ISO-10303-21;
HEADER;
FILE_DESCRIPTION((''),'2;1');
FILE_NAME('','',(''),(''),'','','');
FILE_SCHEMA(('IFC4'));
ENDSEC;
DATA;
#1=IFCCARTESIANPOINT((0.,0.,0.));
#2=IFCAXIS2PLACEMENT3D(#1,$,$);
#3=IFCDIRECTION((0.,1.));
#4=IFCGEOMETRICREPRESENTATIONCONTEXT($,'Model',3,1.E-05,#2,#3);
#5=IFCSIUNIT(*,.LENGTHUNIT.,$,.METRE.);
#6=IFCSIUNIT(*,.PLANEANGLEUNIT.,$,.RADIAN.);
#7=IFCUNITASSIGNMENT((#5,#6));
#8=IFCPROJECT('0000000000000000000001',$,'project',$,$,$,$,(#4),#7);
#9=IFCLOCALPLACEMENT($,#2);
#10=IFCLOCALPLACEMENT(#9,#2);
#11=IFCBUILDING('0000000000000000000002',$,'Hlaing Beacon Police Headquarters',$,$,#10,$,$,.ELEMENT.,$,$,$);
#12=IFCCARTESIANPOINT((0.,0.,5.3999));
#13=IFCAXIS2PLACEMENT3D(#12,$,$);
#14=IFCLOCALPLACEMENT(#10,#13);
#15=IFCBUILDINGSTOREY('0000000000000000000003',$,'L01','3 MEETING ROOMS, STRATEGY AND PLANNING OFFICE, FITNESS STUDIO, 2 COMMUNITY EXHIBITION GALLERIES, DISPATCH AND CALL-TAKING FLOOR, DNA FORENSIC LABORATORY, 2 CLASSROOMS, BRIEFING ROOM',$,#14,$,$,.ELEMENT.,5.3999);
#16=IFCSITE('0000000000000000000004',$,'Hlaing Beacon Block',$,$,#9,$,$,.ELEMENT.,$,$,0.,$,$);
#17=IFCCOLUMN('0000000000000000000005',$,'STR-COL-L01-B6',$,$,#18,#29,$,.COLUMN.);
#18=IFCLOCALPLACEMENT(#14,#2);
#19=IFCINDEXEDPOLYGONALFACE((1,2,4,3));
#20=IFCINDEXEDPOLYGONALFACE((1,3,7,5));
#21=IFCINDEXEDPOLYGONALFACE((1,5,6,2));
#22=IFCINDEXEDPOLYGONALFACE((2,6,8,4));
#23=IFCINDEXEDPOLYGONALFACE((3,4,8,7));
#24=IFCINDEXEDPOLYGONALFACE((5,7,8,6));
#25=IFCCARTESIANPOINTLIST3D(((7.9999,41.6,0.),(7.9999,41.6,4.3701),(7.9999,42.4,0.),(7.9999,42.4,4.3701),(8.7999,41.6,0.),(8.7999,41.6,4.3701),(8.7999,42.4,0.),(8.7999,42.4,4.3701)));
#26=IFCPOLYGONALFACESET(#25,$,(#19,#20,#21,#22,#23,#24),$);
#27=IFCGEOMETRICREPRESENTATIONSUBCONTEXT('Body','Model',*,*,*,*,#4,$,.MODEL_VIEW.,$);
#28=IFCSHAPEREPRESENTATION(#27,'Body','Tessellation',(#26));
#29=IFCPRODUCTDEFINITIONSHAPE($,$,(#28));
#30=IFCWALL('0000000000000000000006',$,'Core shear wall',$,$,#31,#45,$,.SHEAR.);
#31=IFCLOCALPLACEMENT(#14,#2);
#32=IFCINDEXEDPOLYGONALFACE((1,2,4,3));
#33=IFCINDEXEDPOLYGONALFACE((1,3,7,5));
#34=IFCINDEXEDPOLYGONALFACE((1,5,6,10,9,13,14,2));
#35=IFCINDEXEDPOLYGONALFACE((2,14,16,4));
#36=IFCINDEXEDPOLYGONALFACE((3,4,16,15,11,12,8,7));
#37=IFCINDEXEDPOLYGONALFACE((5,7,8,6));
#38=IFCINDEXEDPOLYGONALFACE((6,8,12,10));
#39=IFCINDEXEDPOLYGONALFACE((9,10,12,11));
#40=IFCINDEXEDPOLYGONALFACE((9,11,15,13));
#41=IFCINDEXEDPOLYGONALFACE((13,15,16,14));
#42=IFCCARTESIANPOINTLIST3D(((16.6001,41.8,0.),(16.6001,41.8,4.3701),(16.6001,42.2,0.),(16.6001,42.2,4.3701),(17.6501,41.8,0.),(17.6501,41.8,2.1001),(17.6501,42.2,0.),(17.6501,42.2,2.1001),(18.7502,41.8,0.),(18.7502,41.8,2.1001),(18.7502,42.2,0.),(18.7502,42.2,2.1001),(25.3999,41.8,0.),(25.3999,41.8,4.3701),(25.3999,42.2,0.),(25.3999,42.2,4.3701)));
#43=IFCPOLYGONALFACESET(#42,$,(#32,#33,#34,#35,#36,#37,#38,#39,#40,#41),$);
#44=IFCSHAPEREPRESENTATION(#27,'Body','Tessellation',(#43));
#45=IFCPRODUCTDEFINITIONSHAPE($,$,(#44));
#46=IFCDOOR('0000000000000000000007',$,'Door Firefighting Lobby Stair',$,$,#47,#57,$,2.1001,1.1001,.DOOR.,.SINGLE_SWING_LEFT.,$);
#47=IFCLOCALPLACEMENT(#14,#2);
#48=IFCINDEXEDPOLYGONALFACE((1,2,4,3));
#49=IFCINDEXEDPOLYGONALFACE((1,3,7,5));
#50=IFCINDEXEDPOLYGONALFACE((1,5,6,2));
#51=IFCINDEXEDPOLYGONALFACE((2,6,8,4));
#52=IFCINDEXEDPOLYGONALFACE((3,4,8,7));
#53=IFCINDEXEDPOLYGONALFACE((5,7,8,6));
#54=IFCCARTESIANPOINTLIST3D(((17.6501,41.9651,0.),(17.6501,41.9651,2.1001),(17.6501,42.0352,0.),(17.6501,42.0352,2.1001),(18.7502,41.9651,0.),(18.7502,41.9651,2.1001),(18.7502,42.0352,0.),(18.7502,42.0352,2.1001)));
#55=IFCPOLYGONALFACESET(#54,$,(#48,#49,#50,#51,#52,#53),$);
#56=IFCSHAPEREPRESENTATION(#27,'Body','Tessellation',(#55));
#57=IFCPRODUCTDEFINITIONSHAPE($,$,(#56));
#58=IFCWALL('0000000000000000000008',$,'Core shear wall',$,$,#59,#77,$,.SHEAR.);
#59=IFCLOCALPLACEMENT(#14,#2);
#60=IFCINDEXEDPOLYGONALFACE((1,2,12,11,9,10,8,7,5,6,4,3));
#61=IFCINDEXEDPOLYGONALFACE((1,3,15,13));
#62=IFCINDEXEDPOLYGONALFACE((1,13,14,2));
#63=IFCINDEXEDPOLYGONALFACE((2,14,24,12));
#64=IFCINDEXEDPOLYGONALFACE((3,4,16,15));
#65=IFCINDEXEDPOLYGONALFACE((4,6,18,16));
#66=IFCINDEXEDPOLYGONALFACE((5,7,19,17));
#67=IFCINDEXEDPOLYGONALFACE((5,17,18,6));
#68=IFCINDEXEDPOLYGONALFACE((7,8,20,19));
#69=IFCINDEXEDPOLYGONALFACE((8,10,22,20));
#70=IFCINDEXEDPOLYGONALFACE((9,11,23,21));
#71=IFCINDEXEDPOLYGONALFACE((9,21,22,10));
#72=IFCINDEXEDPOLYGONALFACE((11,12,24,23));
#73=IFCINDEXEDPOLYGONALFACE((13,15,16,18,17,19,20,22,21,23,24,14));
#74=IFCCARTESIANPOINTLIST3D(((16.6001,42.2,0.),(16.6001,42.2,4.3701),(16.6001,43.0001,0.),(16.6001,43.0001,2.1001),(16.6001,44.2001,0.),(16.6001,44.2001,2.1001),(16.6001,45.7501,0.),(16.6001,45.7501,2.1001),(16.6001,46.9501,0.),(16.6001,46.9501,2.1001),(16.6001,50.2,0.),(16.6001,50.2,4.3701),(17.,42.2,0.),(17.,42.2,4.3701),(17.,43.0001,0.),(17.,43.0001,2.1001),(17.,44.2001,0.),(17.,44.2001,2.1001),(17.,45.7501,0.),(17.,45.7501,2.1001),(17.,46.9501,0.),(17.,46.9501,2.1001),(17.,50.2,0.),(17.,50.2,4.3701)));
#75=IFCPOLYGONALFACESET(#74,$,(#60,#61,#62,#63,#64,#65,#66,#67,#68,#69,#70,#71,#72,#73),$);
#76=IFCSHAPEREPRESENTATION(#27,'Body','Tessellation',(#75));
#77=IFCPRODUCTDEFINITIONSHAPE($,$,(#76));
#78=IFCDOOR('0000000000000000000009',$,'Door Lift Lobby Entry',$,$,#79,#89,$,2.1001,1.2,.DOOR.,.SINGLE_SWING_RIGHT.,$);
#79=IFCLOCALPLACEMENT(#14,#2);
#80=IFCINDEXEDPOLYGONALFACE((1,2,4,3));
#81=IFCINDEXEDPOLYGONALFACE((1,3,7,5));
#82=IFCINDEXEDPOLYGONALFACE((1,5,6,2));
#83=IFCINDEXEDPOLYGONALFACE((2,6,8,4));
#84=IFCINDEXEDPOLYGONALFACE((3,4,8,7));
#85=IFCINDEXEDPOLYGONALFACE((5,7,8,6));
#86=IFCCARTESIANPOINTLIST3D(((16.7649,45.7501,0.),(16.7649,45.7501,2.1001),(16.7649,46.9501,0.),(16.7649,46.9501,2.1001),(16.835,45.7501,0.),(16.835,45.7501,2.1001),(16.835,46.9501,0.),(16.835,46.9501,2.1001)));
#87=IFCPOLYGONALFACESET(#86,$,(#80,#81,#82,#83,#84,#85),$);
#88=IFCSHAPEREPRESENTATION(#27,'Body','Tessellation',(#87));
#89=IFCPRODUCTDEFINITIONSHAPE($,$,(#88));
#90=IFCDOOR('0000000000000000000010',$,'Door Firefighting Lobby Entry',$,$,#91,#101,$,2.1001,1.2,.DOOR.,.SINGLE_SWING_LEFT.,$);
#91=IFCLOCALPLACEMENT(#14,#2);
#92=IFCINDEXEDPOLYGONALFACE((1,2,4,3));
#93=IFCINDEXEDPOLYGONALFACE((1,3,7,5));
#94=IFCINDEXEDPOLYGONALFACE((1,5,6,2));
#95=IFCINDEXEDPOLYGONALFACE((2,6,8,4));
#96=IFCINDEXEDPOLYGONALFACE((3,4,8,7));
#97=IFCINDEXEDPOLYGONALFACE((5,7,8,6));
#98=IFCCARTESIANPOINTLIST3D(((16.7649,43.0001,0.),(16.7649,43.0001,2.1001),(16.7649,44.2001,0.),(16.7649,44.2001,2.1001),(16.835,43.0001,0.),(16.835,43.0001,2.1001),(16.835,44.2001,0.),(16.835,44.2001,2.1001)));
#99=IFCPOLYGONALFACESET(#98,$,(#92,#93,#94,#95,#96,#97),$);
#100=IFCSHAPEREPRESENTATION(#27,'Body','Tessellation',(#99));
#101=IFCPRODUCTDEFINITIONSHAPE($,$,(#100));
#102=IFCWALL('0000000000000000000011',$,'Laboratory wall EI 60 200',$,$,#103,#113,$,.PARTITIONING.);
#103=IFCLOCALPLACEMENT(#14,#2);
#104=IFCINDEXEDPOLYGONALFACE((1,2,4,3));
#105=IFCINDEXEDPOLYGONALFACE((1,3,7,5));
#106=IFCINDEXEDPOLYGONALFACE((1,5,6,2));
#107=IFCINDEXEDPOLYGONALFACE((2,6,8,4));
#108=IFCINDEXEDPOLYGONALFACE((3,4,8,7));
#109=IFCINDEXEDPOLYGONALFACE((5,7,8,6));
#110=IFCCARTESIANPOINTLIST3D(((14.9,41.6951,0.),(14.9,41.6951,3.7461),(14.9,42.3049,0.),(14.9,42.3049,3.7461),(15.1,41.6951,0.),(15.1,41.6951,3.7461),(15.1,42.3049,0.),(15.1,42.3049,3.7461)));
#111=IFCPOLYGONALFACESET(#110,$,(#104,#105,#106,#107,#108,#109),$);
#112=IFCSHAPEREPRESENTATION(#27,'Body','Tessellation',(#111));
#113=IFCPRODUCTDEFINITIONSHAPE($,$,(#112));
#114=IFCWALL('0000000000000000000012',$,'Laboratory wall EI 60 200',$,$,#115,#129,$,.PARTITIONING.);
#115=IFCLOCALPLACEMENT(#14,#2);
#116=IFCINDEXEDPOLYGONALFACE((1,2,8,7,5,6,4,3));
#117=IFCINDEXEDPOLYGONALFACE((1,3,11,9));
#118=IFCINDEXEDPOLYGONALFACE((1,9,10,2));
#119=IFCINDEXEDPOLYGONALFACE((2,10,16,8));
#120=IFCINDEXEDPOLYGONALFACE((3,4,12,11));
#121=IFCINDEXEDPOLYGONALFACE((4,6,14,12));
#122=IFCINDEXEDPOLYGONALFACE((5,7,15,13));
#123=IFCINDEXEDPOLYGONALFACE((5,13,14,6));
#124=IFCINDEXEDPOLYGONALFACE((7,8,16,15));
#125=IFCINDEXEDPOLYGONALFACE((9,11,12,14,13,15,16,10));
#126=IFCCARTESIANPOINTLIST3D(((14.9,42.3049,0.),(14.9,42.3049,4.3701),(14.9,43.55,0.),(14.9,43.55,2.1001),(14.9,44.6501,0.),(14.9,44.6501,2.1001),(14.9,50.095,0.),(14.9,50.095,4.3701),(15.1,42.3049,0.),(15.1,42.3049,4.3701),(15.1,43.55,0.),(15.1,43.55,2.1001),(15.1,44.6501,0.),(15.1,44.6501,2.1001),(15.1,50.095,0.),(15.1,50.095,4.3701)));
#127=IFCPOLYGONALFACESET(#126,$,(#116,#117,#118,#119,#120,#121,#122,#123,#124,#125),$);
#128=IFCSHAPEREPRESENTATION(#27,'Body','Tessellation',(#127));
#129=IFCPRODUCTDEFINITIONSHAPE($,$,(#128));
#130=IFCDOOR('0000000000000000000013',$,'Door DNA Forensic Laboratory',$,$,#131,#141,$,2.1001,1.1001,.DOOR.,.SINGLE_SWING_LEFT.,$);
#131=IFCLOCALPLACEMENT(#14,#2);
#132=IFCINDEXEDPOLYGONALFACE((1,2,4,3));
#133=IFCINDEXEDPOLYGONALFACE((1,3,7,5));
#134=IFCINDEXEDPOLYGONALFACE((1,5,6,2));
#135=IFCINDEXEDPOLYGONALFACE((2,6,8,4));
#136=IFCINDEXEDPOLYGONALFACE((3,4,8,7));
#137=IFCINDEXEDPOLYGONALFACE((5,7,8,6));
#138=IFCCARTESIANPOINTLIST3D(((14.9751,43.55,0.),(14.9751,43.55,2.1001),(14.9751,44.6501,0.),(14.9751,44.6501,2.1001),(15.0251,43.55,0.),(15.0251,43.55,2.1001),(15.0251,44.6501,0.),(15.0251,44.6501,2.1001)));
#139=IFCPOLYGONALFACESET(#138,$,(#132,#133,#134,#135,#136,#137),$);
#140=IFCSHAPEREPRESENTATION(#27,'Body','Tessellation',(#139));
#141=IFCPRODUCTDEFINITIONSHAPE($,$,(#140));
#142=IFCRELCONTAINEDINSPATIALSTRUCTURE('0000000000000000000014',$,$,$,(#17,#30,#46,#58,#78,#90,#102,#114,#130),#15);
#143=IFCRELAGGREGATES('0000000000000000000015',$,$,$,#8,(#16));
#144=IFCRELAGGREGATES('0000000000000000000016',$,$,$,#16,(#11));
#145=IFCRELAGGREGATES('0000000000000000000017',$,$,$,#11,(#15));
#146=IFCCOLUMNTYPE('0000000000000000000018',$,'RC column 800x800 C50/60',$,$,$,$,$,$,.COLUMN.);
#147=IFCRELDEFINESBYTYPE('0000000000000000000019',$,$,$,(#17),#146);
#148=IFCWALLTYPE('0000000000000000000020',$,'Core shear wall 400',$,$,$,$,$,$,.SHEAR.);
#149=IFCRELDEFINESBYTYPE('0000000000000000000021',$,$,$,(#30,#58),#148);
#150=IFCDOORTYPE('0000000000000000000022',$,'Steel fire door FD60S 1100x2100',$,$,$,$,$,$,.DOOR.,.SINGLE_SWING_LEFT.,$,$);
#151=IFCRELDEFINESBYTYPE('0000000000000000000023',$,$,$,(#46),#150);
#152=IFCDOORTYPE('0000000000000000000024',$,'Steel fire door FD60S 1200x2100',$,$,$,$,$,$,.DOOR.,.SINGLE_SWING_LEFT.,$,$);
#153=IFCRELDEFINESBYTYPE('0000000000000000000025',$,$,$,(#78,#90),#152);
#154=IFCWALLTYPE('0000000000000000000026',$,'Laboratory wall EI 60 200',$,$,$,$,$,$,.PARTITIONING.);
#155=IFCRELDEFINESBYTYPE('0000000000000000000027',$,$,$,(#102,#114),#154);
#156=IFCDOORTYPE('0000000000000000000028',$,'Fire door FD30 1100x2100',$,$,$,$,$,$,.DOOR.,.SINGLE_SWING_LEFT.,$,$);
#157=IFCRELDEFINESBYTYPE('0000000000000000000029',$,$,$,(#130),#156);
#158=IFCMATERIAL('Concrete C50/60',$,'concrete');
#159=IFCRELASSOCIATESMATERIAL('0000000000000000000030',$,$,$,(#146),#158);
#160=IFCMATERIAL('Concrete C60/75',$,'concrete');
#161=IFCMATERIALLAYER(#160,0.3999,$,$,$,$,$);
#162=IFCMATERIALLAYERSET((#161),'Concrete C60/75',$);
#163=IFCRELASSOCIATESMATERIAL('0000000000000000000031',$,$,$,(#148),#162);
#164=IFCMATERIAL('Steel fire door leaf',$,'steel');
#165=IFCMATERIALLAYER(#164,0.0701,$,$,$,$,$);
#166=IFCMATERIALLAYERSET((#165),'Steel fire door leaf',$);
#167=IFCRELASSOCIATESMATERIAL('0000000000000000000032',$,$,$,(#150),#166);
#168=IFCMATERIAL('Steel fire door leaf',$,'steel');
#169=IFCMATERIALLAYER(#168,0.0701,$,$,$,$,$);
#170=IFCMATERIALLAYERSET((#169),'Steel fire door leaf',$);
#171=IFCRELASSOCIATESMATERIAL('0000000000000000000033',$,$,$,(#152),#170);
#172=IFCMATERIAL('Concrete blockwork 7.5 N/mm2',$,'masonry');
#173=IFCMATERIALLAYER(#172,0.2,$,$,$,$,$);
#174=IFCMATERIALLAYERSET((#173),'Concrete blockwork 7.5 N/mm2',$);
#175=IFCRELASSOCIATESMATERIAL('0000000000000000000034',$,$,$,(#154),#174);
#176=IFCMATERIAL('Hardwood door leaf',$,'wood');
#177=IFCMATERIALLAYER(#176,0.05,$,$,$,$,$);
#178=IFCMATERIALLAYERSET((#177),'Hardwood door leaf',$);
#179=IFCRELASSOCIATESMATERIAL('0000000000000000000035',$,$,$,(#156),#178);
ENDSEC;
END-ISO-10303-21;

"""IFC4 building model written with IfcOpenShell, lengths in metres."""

from ifc_helpers import new_model, si_unit, direction, frame, frame_2d, origin, origin_2d, place, context, subcontext, project, spatial, rectangle, extrude, material, layer, layer_set, material_profile, profile_set, type_object, element, fill, save


model = new_model("IFC4")

# Units and contexts
model_context = context("Model", 3, precision=1e-05, world=origin(), true_north=direction((0.0, 1.0)))
body_context = subcontext(model_context, "Body", "Model", "MODEL_VIEW")
ifc_project = project(units=[si_unit("LENGTHUNIT", "METRE"), si_unit("PLANEANGLEUNIT", "RADIAN")], contexts=[model_context])

# Site, building, storey
site_placement = place(None, origin())
site = spatial("IfcSite", under=ifc_project, at=site_placement, Name="Hlaing Beacon Block", CompositionType="ELEMENT", RefElevation=0.0)
building_placement = place(site_placement, origin())
building = spatial("IfcBuilding", under=site, at=building_placement, Name="Hlaing Beacon Police Headquarters", CompositionType="ELEMENT")
storey_placement = place(building_placement, frame((0.0, 0.0, 5.3999)))
storey = spatial("IfcBuildingStorey", under=building, at=storey_placement, Name="L01", Description="3 MEETING ROOMS, STRATEGY AND PLANNING OFFICE, FITNESS STUDIO, 2 COMMUNITY EXHIBITION GALLERIES, DISPATCH AND CALL-TAKING FLOOR, DNA FORENSIC LABORATORY, 2 CLASSROOMS, BRIEFING ROOM", CompositionType="ELEMENT", Elevation=5.3999)

# Column
ifc_material_1 = material(Name="Concrete C50/60", Category="concrete")
ifc_material_profile = material_profile(ifc_material_1, rectangle(XDim=0.8, YDim=0.8, at=origin_2d()), Name="800x800")
ifc_profile_set = profile_set([ifc_material_profile], Name="Concrete C50/60")
column_type = type_object("IfcColumnType", Name="RC column 800x800 C50/60", PredefinedType="COLUMN", material=ifc_profile_set)
column_placement = place(storey_placement, frame((8.3999, 42.0, 0.0), z_axis=(0.0, 0.0, 1.0), x_axis=(1.0, 0.0, 0.0)))
element("IfcColumn", 1, at=column_placement, inside=storey, type_object=column_type, Name="STR-COL-L01-B6", PredefinedType="COLUMN", context=body_context, shape_type="SweptSolid", body=[
    extrude(rectangle(XDim=0.8, YDim=0.8, at=origin_2d()), origin(), (0.0, 0.0, 1.0), 4.3701),
])

# Wall, opening, door
ifc_material_2 = material(Name="Concrete C60/75", Category="concrete")
ifc_layer_1 = layer(ifc_material_2, 0.3999)
ifc_layer_set_1 = layer_set([ifc_layer_1], Name="Concrete C60/75")
wall_type_1 = type_object("IfcWallType", Name="Core shear wall 400", PredefinedType="SHEAR", material=ifc_layer_set_1)
wall_1_placement = place(storey_placement, frame((16.6001, 42.0, 0.0), z_axis=(0.0, 0.0, 1.0), x_axis=(1.0, 0.0, 0.0)))
wall_1 = element("IfcWall", 2, at=wall_1_placement, inside=storey, type_object=wall_type_1, Name="Core shear wall", PredefinedType="SHEAR", context=body_context, shape_type="SweptSolid", body=[
    extrude(rectangle(XDim=8.7998, YDim=0.3999, at=frame_2d((4.3999, 0.0))), origin(), (0.0, 0.0, 1.0), 4.3701),
])
opening_1_placement = place(wall_1_placement, frame((1.05, 0.0, 0.0)))
opening_1 = element("IfcOpeningElement", 3, at=opening_1_placement, cuts=wall_1, PredefinedType="OPENING", context=body_context, shape_type="SweptSolid", body=[
    extrude(rectangle(XDim=1.1001, YDim=2.1001, at=frame_2d((0.55, 1.05))), frame((0.0, 0.21, 0.0), z_axis=(0.0, -1.0, 0.0), x_axis=(1.0, 0.0, 0.0)), (0.0, 0.0, 1.0), 0.4199),
])
ifc_material_3 = material(Name="Steel fire door leaf", Category="steel")
ifc_layer_2 = layer(ifc_material_3, 0.0701)
ifc_layer_set_2 = layer_set([ifc_layer_2], Name="Steel fire door leaf")
door_type_1 = type_object("IfcDoorType", Name="Steel fire door FD60S 1100x2100", OperationType="SINGLE_SWING_LEFT", PredefinedType="DOOR", material=ifc_layer_set_2)
door_1_placement = place(opening_1_placement, frame((1.1001, 0.0, 0.0), z_axis=(0.0, 0.0, 1.0), x_axis=(-1.0, 0.0, 0.0)))
door_1 = element("IfcDoor", 4, at=door_1_placement, inside=storey, type_object=door_type_1, Name="Door Firefighting Lobby Stair", OperationType="SINGLE_SWING_LEFT", OverallHeight=2.1001, OverallWidth=1.1001, PredefinedType="DOOR", context=body_context, shape_type="SweptSolid", body=[
    extrude(rectangle(XDim=1.1001, YDim=2.1001, at=frame_2d((0.55, 1.05))), frame((0.0, 0.0349, 0.0), z_axis=(0.0, -1.0, 0.0), x_axis=(1.0, 0.0, 0.0)), (0.0, 0.0, 1.0), 0.0701),
])
fill(opening_1, door_1)

# Wall, openings, doors
wall_2_placement = place(storey_placement, frame((16.8, 42.2, 0.0), z_axis=(0.0, 0.0, 1.0), x_axis=(0.0, 1.0, 0.0)))
wall_2 = element("IfcWall", 5, at=wall_2_placement, inside=storey, type_object=wall_type_1, Name="Core shear wall", PredefinedType="SHEAR", context=body_context, shape_type="SweptSolid", body=[
    extrude(rectangle(XDim=8.0, YDim=0.3999, at=frame_2d((4.0, 0.0))), origin(), (0.0, 0.0, 1.0), 4.3701),
])
opening_2_placement = place(wall_2_placement, frame((3.55, 0.0, 0.0)))
opening_2 = element("IfcOpeningElement", 6, at=opening_2_placement, cuts=wall_2, PredefinedType="OPENING", context=body_context, shape_type="SweptSolid", body=[
    extrude(rectangle(XDim=1.2, YDim=2.1001, at=frame_2d((0.6001, 1.05))), frame((0.0, 0.21, 0.0), z_axis=(0.0, -1.0, 0.0), x_axis=(1.0, 0.0, 0.0)), (0.0, 0.0, 1.0), 0.4199),
])
opening_3_placement = place(wall_2_placement, frame((0.8, 0.0, 0.0)))
opening_3 = element("IfcOpeningElement", 7, at=opening_3_placement, cuts=wall_2, PredefinedType="OPENING", context=body_context, shape_type="SweptSolid", body=[
    extrude(rectangle(XDim=1.2, YDim=2.1001, at=frame_2d((0.6001, 1.05))), frame((0.0, 0.21, 0.0), z_axis=(0.0, -1.0, 0.0), x_axis=(1.0, 0.0, 0.0)), (0.0, 0.0, 1.0), 0.4199),
])
ifc_material_4 = material(Name="Steel fire door leaf", Category="steel")
ifc_layer_3 = layer(ifc_material_4, 0.0701)
ifc_layer_set_3 = layer_set([ifc_layer_3], Name="Steel fire door leaf")
door_type_2 = type_object("IfcDoorType", Name="Steel fire door FD60S 1200x2100", OperationType="SINGLE_SWING_LEFT", PredefinedType="DOOR", material=ifc_layer_set_3)
door_2_placement = place(opening_2_placement, frame((1.2, 0.0, 0.0), z_axis=(0.0, 0.0, 1.0), x_axis=(-1.0, 0.0, 0.0)))
door_2 = element("IfcDoor", 8, at=door_2_placement, inside=storey, type_object=door_type_2, Name="Door Lift Lobby Entry", OperationType="SINGLE_SWING_RIGHT", OverallHeight=2.1001, OverallWidth=1.2, PredefinedType="DOOR", context=body_context, shape_type="SweptSolid", body=[
    extrude(rectangle(XDim=1.2, YDim=2.1001, at=frame_2d((0.5999, 1.05))), frame((0.0, 0.0349, 0.0), z_axis=(0.0, -1.0, 0.0), x_axis=(1.0, 0.0, 0.0)), (0.0, 0.0, 1.0), 0.0701),
])
fill(opening_2, door_2)
door_3_placement = place(opening_3_placement, frame((1.2, 0.0, 0.0), z_axis=(0.0, 0.0, 1.0), x_axis=(-1.0, 0.0, 0.0)))
door_3 = element("IfcDoor", 9, at=door_3_placement, inside=storey, type_object=door_type_2, Name="Door Firefighting Lobby Entry", OperationType="SINGLE_SWING_LEFT", OverallHeight=2.1001, OverallWidth=1.2, PredefinedType="DOOR", context=body_context, shape_type="SweptSolid", body=[
    extrude(rectangle(XDim=1.2, YDim=2.1001, at=frame_2d((0.5999, 1.05))), frame((0.0, 0.0349, 0.0), z_axis=(0.0, -1.0, 0.0), x_axis=(1.0, 0.0, 0.0)), (0.0, 0.0, 1.0), 0.0701),
])
fill(opening_3, door_3)

# Wall
ifc_material_5 = material(Name="Concrete blockwork 7.5 N/mm2", Category="masonry")
ifc_layer_4 = layer(ifc_material_5, 0.2)
ifc_layer_set_4 = layer_set([ifc_layer_4], Name="Concrete blockwork 7.5 N/mm2")
wall_type_2 = type_object("IfcWallType", Name="Laboratory wall EI 60 200", PredefinedType="PARTITIONING", material=ifc_layer_set_4)
wall_3_placement = place(storey_placement, frame((15.0, 41.6951, 0.0), z_axis=(0.0, 0.0, 1.0), x_axis=(0.0, 1.0, 0.0)))
element("IfcWall", 10, at=wall_3_placement, inside=storey, type_object=wall_type_2, Name="Laboratory wall EI 60 200", PredefinedType="PARTITIONING", context=body_context, shape_type="SweptSolid", body=[
    extrude(rectangle(XDim=0.6099, YDim=0.2, at=frame_2d((0.3049, 0.0))), origin(), (0.0, 0.0, 1.0), 3.7461),
])

# Wall, opening, door
wall_4_placement = place(storey_placement, frame((15.0, 42.3049, 0.0), z_axis=(0.0, 0.0, 1.0), x_axis=(0.0, 1.0, 0.0)))
wall_4 = element("IfcWall", 11, at=wall_4_placement, inside=storey, type_object=wall_type_2, Name="Laboratory wall EI 60 200", PredefinedType="PARTITIONING", context=body_context, shape_type="SweptSolid", body=[
    extrude(rectangle(XDim=7.79, YDim=0.2, at=frame_2d((3.895, 0.0))), origin(), (0.0, 0.0, 1.0), 4.3701),
])
opening_4_placement = place(wall_4_placement, frame((1.2451, 0.0, 0.0)))
opening_4 = element("IfcOpeningElement", 12, at=opening_4_placement, cuts=wall_4, PredefinedType="OPENING", context=body_context, shape_type="SweptSolid", body=[
    extrude(rectangle(XDim=1.1001, YDim=2.1001, at=frame_2d((0.55, 1.05))), frame((0.0, 0.1099, 0.0), z_axis=(0.0, -1.0, 0.0), x_axis=(1.0, 0.0, 0.0)), (0.0, 0.0, 1.0), 0.22),
])
ifc_material_6 = material(Name="Hardwood door leaf", Category="wood")
ifc_layer_5 = layer(ifc_material_6, 0.05)
ifc_layer_set_5 = layer_set([ifc_layer_5], Name="Hardwood door leaf")
door_type_3 = type_object("IfcDoorType", Name="Fire door FD30 1100x2100", OperationType="SINGLE_SWING_LEFT", PredefinedType="DOOR", material=ifc_layer_set_5)
door_4_placement = place(opening_4_placement, origin())
door_4 = element("IfcDoor", 13, at=door_4_placement, inside=storey, type_object=door_type_3, Name="Door DNA Forensic Laboratory", OperationType="SINGLE_SWING_LEFT", OverallHeight=2.1001, OverallWidth=1.1001, PredefinedType="DOOR", context=body_context, shape_type="SweptSolid", body=[
    extrude(rectangle(XDim=1.1001, YDim=2.1001, at=frame_2d((0.55, 1.05))), frame((0.0, 0.0249, 0.0), z_axis=(0.0, -1.0, 0.0), x_axis=(1.0, 0.0, 0.0)), (0.0, 0.0, 1.0), 0.05),
])
fill(opening_4, door_4)

save(model, "model.ifc")
